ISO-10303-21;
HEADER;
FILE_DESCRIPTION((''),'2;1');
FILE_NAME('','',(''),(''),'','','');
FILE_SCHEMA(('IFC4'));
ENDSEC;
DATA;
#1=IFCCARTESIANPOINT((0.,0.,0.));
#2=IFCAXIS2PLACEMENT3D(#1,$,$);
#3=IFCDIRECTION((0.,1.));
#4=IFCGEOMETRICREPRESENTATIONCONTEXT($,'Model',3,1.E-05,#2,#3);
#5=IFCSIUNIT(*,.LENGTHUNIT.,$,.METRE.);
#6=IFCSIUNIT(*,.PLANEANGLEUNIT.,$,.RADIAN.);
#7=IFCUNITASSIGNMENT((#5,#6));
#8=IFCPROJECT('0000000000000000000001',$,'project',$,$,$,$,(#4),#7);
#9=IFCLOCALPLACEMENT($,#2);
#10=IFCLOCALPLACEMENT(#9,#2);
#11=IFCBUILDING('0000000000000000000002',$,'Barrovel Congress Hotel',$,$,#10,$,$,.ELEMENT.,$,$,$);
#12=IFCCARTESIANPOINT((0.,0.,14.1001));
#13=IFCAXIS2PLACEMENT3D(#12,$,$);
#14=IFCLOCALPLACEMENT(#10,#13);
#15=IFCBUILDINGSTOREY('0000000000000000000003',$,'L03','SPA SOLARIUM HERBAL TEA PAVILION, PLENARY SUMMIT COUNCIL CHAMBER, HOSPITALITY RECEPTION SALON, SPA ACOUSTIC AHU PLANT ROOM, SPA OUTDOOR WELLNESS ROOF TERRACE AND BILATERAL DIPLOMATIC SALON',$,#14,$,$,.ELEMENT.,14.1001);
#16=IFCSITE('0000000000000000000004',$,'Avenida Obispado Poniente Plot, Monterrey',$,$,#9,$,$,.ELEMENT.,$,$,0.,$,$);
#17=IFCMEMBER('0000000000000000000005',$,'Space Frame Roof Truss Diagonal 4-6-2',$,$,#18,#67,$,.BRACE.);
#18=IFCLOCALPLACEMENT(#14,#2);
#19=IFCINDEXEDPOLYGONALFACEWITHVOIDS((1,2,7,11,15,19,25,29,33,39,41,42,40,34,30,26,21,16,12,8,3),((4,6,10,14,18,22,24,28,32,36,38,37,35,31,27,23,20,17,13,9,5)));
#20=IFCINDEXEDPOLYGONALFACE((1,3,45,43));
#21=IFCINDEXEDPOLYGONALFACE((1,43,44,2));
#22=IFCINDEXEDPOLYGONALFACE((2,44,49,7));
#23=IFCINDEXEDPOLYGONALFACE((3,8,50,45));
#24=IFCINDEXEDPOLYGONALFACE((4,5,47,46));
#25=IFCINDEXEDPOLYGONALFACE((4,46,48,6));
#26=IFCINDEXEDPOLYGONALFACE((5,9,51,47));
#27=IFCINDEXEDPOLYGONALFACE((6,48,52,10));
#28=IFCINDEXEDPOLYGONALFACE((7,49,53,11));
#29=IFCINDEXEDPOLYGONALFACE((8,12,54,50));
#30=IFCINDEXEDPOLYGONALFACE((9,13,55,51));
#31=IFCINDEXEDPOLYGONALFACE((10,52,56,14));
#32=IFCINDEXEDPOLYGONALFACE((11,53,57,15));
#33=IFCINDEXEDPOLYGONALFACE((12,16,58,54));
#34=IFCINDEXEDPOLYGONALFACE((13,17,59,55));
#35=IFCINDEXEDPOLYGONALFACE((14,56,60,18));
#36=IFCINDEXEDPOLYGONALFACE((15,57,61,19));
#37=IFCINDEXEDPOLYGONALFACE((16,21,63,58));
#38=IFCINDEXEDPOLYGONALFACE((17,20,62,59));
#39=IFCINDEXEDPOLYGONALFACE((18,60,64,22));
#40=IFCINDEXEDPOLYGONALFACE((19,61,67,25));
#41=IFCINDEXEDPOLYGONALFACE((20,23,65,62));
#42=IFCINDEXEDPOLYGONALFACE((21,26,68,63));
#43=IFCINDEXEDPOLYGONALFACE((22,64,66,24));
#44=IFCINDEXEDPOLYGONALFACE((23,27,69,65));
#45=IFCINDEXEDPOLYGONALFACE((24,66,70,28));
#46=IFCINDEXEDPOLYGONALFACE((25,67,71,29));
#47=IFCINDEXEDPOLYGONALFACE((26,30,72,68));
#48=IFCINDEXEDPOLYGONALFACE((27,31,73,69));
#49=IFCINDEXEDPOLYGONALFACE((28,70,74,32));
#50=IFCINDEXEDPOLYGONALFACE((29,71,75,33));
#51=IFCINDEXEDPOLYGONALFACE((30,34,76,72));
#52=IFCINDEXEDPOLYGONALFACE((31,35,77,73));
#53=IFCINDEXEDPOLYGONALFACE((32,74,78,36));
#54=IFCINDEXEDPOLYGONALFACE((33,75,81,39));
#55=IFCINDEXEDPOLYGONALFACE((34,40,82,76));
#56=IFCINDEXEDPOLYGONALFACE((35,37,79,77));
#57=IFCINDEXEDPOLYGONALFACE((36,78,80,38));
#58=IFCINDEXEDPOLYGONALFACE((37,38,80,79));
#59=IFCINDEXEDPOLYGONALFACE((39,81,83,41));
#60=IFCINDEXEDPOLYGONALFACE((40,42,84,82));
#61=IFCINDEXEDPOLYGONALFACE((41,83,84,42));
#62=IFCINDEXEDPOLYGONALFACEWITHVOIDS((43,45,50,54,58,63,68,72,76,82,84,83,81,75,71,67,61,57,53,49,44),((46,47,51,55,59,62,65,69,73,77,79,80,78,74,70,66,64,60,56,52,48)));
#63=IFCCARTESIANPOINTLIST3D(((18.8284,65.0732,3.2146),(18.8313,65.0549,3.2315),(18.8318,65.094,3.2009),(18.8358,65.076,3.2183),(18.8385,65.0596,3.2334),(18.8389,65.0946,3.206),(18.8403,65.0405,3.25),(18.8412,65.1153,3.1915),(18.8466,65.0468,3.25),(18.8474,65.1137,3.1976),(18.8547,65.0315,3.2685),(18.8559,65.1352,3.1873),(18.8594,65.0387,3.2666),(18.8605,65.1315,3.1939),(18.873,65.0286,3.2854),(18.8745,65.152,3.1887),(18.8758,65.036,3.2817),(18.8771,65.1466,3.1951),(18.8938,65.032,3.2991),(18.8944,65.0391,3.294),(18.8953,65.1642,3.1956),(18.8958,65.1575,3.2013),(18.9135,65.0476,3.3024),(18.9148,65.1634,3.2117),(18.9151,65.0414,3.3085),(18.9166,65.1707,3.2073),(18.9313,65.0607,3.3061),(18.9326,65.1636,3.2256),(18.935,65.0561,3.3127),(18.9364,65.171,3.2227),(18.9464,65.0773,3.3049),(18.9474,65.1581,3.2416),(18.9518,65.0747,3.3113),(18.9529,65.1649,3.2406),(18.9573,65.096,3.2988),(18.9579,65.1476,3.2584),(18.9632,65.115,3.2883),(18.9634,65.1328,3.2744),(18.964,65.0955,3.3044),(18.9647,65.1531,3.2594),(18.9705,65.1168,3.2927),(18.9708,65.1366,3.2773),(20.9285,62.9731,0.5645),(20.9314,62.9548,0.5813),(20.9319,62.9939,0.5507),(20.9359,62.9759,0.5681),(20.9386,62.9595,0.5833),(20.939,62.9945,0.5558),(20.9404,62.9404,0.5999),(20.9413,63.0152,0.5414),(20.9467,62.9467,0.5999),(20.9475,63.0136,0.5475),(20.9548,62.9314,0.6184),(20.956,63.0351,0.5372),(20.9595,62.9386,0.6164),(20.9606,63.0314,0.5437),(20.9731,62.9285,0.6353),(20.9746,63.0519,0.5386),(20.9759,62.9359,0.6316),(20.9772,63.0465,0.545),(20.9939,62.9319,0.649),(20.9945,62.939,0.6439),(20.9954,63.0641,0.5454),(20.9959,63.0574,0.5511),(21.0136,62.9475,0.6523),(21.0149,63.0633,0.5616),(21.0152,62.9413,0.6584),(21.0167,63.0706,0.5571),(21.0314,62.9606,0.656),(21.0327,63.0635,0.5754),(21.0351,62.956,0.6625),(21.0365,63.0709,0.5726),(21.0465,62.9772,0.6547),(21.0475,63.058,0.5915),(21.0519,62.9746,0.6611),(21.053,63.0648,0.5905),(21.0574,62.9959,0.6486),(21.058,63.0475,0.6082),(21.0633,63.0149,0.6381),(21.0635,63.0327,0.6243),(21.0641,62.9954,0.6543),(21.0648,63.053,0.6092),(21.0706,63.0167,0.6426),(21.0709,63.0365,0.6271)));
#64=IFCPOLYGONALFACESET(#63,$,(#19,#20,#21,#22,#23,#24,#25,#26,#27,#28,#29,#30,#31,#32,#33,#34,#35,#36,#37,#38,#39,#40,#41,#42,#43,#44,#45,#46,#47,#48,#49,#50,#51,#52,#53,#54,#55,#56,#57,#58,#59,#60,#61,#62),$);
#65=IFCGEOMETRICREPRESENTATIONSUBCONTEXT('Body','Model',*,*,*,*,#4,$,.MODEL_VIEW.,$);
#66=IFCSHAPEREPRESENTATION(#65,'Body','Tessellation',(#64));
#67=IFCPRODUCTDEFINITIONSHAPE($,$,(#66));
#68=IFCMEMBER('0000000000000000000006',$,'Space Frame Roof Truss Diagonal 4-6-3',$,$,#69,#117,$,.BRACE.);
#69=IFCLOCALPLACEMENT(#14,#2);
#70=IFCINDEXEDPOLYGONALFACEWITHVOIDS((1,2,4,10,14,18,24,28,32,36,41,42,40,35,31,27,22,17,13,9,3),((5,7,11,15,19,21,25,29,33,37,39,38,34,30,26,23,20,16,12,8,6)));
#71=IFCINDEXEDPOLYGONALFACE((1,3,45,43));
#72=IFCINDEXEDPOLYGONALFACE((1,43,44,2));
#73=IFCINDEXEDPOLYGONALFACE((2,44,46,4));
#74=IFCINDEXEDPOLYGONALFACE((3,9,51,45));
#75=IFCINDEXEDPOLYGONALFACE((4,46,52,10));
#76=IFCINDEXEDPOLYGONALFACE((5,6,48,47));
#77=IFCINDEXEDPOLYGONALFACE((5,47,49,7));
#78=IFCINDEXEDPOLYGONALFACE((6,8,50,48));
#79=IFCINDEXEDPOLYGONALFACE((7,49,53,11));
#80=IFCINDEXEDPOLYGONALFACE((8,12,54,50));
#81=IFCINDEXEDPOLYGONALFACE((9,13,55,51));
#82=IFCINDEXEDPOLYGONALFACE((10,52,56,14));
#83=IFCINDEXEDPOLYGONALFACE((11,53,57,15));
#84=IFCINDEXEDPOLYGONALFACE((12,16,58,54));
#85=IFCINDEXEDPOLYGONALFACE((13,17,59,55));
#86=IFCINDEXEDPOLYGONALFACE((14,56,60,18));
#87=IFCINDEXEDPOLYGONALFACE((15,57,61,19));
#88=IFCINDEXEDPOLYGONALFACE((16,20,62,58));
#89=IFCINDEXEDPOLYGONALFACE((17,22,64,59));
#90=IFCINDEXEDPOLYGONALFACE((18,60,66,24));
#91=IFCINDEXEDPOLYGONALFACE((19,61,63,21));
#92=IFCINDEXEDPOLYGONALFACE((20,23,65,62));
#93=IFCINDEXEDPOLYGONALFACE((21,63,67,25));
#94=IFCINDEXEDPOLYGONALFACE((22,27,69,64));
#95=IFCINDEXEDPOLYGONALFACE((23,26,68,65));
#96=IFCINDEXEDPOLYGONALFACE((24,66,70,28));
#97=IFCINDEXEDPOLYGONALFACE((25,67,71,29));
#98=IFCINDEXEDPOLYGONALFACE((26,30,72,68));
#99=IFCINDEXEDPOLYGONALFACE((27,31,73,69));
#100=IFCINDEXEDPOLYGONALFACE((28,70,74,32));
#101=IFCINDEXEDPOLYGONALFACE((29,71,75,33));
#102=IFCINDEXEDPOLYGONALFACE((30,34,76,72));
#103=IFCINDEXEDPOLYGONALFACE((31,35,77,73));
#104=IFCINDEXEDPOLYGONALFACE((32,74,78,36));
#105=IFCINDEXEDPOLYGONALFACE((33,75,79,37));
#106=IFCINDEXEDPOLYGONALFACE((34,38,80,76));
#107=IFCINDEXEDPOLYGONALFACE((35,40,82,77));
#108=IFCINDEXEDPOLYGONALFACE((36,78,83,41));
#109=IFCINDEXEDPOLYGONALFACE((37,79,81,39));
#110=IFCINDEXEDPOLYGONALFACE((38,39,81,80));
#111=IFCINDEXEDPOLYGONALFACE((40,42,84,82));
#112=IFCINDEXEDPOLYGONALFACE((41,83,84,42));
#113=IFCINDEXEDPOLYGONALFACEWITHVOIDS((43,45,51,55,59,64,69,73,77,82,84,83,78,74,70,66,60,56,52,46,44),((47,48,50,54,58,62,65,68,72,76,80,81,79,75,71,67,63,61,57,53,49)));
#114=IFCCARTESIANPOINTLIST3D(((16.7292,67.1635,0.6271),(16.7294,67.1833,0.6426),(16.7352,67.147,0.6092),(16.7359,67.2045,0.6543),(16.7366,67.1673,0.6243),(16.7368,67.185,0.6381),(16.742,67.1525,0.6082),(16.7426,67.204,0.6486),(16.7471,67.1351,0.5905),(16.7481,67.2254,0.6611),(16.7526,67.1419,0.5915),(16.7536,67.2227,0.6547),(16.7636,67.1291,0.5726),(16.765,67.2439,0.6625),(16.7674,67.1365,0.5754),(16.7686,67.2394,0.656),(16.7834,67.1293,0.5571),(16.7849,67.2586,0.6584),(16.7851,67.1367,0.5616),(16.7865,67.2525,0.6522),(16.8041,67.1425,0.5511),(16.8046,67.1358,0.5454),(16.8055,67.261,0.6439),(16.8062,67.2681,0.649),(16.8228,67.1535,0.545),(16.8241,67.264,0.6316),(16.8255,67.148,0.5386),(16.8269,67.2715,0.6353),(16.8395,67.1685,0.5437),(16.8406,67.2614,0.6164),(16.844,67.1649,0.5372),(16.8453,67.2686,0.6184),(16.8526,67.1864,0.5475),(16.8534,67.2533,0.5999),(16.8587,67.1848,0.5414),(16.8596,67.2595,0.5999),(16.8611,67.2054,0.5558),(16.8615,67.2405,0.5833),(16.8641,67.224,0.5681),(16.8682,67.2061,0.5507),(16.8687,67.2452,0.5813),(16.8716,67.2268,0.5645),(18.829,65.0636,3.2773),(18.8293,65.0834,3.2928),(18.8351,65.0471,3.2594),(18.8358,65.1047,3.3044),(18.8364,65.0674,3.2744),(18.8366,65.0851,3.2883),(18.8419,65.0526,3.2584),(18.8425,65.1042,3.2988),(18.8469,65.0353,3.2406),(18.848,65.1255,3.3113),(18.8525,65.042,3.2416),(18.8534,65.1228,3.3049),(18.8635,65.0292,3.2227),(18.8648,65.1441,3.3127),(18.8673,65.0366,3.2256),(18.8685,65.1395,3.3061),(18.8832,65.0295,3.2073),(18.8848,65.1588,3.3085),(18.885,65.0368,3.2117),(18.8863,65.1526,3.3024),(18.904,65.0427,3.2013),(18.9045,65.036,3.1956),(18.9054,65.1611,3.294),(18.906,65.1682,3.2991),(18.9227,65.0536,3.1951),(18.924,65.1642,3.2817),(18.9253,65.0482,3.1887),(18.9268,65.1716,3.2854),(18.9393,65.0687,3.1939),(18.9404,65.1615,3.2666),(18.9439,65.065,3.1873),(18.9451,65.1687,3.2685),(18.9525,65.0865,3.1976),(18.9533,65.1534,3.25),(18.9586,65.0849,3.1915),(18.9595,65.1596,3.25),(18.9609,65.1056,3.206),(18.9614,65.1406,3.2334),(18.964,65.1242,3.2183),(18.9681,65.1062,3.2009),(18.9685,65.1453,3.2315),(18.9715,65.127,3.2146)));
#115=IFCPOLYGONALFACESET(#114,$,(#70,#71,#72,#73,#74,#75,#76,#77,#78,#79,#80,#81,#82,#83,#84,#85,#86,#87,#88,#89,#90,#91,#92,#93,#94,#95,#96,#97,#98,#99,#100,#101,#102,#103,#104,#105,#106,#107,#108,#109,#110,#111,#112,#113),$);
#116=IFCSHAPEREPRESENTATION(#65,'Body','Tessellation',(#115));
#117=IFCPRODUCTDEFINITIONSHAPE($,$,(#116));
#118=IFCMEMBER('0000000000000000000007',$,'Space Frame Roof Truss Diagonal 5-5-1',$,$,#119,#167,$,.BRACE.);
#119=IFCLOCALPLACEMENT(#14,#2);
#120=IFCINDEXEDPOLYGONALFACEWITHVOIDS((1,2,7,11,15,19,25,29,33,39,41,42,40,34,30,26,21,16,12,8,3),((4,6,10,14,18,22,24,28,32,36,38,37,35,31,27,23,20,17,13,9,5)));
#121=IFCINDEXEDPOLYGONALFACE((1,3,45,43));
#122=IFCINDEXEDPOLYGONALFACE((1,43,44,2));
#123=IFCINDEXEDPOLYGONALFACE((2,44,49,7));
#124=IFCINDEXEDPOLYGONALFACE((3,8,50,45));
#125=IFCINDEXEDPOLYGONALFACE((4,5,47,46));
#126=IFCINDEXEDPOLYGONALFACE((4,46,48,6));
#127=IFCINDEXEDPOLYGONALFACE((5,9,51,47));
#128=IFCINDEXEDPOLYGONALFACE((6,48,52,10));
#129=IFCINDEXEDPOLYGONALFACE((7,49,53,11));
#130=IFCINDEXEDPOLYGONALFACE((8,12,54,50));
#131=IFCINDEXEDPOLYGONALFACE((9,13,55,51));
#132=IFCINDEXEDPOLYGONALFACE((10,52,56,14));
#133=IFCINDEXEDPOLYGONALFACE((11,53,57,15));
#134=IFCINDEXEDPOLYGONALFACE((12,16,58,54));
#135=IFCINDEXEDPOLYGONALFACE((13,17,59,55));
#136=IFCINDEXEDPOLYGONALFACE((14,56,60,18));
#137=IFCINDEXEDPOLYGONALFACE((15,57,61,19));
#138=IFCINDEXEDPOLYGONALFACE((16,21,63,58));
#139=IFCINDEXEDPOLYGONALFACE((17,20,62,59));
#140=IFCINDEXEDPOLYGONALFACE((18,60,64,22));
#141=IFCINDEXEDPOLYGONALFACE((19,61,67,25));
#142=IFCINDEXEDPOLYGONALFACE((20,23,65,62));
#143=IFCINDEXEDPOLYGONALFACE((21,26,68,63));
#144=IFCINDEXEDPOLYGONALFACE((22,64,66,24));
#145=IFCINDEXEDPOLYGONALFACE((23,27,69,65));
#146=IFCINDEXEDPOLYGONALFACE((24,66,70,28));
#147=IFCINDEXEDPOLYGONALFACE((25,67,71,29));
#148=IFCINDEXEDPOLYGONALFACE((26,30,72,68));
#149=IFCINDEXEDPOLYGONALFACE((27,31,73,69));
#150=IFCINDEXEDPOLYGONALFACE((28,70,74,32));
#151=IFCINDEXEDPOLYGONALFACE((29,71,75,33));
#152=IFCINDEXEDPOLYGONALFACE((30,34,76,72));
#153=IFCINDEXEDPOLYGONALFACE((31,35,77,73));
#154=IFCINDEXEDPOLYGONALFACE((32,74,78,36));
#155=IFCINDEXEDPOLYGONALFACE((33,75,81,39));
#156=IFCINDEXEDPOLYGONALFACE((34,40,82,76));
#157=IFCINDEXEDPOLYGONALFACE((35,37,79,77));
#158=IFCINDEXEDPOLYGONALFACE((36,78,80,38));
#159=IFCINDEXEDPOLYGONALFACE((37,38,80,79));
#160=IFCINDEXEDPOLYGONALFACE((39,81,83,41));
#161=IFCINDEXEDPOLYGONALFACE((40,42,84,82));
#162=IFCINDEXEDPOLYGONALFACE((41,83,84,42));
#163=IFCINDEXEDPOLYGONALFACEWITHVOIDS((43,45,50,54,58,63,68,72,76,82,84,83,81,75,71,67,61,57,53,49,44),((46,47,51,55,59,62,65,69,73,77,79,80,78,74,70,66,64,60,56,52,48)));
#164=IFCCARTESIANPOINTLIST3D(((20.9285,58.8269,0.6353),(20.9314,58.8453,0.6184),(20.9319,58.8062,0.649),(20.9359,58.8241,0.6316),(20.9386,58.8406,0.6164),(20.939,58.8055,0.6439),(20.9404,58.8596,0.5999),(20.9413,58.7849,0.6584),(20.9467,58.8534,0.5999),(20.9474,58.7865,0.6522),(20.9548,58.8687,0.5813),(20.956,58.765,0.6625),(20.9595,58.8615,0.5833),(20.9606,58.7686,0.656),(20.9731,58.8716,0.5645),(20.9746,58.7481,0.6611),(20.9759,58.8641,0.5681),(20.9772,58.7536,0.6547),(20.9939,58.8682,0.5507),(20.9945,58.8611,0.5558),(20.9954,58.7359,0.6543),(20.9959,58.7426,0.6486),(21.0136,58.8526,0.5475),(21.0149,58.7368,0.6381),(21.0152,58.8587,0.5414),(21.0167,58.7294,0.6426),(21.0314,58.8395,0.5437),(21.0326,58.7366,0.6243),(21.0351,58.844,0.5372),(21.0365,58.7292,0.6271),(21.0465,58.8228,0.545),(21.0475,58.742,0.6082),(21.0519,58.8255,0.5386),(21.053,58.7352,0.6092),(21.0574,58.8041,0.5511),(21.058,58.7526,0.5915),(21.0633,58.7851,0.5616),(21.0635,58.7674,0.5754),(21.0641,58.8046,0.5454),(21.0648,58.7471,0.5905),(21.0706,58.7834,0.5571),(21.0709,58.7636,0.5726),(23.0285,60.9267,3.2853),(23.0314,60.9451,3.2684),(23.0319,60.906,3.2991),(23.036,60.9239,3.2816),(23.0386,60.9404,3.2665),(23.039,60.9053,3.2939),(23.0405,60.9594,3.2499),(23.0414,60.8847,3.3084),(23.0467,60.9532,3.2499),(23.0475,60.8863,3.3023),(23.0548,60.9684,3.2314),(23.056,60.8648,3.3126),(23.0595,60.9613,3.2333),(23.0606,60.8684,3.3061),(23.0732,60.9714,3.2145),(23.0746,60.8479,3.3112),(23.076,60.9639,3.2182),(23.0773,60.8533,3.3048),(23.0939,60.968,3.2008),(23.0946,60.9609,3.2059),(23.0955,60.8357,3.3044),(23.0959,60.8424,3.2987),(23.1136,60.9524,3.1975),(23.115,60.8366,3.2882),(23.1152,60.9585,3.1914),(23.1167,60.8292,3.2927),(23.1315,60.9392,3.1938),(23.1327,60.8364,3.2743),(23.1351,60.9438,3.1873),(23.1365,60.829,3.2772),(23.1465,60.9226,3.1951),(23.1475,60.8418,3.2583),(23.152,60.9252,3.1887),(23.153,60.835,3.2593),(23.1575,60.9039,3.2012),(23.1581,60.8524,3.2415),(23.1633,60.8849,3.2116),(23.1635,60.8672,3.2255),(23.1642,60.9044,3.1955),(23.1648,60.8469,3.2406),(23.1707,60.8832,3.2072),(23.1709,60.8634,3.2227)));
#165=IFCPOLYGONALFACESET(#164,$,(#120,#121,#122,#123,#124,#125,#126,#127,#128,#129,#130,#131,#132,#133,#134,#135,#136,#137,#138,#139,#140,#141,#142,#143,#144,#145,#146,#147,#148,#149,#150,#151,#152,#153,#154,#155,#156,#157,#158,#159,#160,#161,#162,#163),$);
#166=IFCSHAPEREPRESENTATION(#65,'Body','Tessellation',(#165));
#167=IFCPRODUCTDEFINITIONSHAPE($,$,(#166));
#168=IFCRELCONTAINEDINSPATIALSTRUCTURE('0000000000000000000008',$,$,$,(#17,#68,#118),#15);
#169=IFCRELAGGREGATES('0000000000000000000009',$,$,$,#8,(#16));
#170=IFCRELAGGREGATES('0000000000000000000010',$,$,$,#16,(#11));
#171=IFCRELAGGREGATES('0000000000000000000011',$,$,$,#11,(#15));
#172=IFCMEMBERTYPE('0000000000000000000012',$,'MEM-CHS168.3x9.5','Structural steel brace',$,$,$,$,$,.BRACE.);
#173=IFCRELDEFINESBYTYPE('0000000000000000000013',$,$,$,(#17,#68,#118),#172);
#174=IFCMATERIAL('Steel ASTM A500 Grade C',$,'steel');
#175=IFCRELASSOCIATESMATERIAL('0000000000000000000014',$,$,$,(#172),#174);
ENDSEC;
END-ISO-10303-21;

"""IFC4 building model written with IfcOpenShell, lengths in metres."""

from ifc_helpers import new_model, si_unit, direction, frame, origin, origin_2d, place, context, subcontext, project, spatial, hollow_circle, extrude, material, material_profile, profile_set, type_object, element, save


model = new_model("IFC4")

# Units and contexts
model_context = context("Model", 3, precision=1e-05, world=origin(), true_north=direction((0.0, 1.0)))
body_context = subcontext(model_context, "Body", "Model", "MODEL_VIEW")
ifc_project = project(units=[si_unit("LENGTHUNIT", "METRE"), si_unit("PLANEANGLEUNIT", "RADIAN")], contexts=[model_context])

# Site, building, storey
site_placement = place(None, origin())
site = spatial("IfcSite", under=ifc_project, at=site_placement, Name="Avenida Obispado Poniente Plot, Monterrey", CompositionType="ELEMENT", RefElevation=0.0)
building_placement = place(site_placement, origin())
building = spatial("IfcBuilding", under=site, at=building_placement, Name="Barrovel Congress Hotel", CompositionType="ELEMENT")
storey_placement = place(building_placement, frame((0.0, 0.0, 14.1001)))
storey = spatial("IfcBuildingStorey", under=building, at=storey_placement, Name="L03", Description="SPA SOLARIUM HERBAL TEA PAVILION, PLENARY SUMMIT COUNCIL CHAMBER, HOSPITALITY RECEPTION SALON, SPA ACOUSTIC AHU PLANT ROOM, SPA OUTDOOR WELLNESS ROOF TERRACE AND BILATERAL DIPLOMATIC SALON", CompositionType="ELEMENT", Elevation=14.1001)

# Members
ifc_material_1 = material(Name="Steel ASTM A500 Grade C", Category="steel")
ifc_material_profile_1 = material_profile(ifc_material_1, hollow_circle(Radius=0.0842, WallThickness=0.0088, at=origin_2d()), Name="CHS168.3x9.5")
ifc_profile_set_1 = profile_set([ifc_material_profile_1], Name="Steel ASTM A500 Grade C")
member_type_1 = type_object("IfcMemberType", Name="MEM-CHS168.3x9.5", Description="Structural steel brace", PredefinedType="BRACE", material=ifc_profile_set_1)
member_1_placement = place(storey_placement, frame((21.0, 63.0, 0.5999), z_axis=(-0.527601, 0.527601, 0.665788), x_axis=(-0.707107, -0.707107, 0.0)))
element("IfcMember", 1, at=member_1_placement, inside=storey, type_object=member_type_1, Name="Space Frame Roof Truss Diagonal 4-6-2", PredefinedType="BRACE", context=body_context, shape_type="SweptSolid", body=[
    extrude(hollow_circle(Radius=0.0842, WallThickness=0.0088, at=origin_2d()), origin(), (0.0, 0.0, 1.0), 3.9805),
])
for number, where, z_axis, x_axis, name in (
    (2, (16.8, 67.2, 0.5999), (0.527574, -0.527574, 0.665831), (0.707107, 0.707107, 0.0), "Space Frame Roof Truss Diagonal 4-6-3"),
    (3, (21.0, 58.8, 0.5999), (0.527618, 0.527557, 0.66581), (-0.707066, 0.707148, 0.0), "Space Frame Roof Truss Diagonal 5-5-1"),
):
    element("IfcMember", number, at=place(storey_placement, frame(where, z_axis=z_axis, x_axis=x_axis)), inside=storey, type_object=member_type_1, Name=name, PredefinedType="BRACE", context=body_context, shape_type="SweptSolid", body=[
        extrude(hollow_circle(Radius=0.0842, WallThickness=0.0088, at=origin_2d()), origin(), (0.0, 0.0, 1.0), 3.9802),
    ])

save(model, "model.ifc")
